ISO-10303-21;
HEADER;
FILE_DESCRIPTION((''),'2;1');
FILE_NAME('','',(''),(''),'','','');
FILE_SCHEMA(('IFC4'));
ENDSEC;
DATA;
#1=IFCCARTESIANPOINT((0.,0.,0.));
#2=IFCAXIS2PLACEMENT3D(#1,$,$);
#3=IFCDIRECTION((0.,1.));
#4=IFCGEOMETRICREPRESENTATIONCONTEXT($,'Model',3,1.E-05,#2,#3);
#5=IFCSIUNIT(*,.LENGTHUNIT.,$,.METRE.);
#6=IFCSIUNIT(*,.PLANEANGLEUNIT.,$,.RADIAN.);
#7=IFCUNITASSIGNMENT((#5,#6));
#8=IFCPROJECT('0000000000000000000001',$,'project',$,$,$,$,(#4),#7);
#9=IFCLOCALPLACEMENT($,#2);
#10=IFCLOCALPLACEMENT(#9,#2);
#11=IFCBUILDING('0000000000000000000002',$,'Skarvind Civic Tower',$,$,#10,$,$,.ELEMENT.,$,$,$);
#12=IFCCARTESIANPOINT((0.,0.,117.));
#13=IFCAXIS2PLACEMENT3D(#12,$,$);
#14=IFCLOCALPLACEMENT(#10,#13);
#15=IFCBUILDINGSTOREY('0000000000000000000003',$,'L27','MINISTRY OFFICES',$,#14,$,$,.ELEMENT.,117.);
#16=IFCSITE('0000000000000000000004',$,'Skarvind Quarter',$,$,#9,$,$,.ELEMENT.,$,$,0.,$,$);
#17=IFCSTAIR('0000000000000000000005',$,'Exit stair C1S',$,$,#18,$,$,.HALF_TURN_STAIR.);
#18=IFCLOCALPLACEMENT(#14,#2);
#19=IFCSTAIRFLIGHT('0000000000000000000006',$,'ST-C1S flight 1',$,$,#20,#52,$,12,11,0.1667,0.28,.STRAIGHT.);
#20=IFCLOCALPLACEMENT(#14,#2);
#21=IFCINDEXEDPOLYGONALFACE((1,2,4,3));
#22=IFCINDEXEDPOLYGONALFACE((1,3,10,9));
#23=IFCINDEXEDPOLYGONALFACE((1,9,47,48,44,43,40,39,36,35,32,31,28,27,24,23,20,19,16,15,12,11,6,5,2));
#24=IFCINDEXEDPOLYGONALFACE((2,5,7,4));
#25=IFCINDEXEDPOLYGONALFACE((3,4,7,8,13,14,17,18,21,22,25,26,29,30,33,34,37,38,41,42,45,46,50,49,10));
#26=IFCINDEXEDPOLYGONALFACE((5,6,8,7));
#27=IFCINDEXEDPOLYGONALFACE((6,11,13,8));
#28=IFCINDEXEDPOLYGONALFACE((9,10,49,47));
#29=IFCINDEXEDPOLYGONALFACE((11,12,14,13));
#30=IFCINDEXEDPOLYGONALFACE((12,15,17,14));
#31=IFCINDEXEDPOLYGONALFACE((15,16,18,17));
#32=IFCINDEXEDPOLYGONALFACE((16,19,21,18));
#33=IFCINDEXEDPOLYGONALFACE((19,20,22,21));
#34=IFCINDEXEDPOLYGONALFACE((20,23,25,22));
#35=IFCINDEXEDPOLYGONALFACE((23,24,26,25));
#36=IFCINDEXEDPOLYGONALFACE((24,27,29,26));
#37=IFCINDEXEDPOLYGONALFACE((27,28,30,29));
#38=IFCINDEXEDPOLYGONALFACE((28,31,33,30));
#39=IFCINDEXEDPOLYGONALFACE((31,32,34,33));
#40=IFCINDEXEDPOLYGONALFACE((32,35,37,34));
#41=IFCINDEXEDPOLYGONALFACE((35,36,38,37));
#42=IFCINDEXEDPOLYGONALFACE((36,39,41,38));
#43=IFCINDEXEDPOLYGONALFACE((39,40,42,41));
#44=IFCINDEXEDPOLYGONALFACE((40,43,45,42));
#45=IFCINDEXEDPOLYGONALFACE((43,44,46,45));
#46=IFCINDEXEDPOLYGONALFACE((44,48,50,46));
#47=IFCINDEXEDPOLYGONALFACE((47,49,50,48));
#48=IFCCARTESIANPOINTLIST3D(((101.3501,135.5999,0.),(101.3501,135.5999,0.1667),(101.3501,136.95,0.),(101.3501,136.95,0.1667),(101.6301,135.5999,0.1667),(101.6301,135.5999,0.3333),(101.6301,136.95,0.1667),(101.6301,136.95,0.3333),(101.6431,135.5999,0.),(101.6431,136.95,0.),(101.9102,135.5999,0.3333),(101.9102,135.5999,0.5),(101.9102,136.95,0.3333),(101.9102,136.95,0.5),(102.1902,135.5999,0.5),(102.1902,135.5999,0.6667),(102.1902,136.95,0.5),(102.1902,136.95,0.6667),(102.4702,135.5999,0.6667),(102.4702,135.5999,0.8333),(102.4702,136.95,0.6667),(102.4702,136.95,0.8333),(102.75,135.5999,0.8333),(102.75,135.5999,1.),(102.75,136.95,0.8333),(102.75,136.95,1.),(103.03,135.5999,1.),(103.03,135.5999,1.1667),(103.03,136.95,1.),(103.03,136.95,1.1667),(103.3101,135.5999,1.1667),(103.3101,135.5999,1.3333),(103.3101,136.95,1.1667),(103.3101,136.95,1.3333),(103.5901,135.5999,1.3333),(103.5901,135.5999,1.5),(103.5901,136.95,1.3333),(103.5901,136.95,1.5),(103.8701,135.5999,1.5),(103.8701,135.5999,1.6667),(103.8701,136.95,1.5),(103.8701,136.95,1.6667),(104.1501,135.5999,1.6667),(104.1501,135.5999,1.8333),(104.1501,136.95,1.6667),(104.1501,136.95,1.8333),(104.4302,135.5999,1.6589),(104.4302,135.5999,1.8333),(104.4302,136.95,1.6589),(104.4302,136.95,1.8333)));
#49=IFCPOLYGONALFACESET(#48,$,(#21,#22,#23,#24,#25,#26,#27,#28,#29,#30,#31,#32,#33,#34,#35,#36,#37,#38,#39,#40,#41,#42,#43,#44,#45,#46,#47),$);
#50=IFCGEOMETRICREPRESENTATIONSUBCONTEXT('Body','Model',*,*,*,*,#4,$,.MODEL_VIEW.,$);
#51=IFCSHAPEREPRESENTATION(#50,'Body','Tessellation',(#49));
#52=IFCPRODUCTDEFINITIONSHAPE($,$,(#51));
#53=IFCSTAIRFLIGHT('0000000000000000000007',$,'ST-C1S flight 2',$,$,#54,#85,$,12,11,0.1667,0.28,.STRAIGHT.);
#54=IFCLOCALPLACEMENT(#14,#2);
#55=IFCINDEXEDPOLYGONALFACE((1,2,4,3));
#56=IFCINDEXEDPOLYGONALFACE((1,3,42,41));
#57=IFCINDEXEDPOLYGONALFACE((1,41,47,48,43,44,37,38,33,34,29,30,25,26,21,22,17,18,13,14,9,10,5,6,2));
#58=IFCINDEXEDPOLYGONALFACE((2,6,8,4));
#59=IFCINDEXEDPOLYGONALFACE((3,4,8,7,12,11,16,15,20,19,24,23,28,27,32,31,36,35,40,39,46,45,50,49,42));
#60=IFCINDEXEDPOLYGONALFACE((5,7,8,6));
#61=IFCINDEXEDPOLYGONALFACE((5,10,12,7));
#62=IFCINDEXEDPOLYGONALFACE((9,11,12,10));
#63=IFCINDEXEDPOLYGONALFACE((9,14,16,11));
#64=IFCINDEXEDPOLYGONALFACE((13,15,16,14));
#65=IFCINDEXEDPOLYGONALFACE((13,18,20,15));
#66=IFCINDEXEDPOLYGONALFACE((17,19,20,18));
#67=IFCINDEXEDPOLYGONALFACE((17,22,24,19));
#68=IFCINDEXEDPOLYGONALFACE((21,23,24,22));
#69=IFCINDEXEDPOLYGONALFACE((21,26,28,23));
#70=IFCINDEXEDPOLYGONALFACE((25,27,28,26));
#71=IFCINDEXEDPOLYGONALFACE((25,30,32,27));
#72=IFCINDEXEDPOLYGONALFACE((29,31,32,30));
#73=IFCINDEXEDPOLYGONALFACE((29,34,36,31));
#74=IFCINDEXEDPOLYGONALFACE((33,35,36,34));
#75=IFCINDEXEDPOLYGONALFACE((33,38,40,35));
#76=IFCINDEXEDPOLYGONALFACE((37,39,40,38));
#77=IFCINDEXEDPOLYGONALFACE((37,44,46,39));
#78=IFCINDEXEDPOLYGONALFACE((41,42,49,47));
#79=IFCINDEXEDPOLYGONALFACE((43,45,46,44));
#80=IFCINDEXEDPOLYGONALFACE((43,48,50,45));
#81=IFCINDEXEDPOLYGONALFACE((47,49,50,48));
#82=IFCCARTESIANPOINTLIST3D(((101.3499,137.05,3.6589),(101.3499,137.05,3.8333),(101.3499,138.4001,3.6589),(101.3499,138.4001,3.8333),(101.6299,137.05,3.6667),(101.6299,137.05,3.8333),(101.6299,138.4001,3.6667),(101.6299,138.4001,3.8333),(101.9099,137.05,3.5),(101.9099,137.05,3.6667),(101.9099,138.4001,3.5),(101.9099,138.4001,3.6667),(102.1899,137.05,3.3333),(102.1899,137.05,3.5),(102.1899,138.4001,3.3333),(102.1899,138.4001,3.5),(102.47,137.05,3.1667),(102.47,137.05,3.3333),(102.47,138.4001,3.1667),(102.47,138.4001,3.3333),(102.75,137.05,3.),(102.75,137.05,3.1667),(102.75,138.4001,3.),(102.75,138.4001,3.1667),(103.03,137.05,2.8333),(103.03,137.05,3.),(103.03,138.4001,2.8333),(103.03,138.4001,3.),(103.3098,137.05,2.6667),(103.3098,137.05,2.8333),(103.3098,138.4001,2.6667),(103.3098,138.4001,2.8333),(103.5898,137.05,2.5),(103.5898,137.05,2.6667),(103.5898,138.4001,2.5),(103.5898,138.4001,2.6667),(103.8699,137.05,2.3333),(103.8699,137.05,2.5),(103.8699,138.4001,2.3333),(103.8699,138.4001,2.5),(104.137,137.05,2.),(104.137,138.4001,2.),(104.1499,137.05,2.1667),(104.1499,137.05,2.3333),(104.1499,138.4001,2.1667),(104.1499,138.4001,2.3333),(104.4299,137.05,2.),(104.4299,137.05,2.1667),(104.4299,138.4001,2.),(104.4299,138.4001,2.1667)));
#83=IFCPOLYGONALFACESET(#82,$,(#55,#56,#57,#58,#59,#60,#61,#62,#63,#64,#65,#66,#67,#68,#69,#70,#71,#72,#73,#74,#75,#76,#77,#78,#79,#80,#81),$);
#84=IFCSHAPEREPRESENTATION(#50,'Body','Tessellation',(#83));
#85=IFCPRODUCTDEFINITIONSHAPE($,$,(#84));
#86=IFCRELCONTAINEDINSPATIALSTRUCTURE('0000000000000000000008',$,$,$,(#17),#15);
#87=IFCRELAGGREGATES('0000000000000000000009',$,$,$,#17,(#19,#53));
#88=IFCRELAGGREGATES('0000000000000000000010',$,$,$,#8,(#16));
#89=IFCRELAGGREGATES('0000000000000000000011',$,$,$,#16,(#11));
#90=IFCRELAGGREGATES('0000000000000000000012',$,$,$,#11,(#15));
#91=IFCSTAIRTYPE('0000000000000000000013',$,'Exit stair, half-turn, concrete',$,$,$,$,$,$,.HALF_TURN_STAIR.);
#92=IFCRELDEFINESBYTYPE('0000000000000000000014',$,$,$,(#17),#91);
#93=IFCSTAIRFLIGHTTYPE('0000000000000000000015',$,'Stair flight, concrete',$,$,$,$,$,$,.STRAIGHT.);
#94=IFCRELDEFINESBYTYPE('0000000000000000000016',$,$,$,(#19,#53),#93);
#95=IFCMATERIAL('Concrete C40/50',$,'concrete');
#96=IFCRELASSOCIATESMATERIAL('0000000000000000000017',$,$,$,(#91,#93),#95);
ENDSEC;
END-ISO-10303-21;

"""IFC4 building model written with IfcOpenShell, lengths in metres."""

from ifc_helpers import new_model, si_unit, direction, frame, origin, place, context, subcontext, project, spatial, polyline, outline, extrude, material, type_object, element, aggregate, save


model = new_model("IFC4")

# Units and contexts
model_context = context("Model", 3, precision=1e-05, world=origin(), true_north=direction((0.0, 1.0)))
body_context = subcontext(model_context, "Body", "Model", "MODEL_VIEW")
ifc_project = project(units=[si_unit("LENGTHUNIT", "METRE"), si_unit("PLANEANGLEUNIT", "RADIAN")], contexts=[model_context])

# Site, building, storey
site_placement = place(None, origin())
site = spatial("IfcSite", under=ifc_project, at=site_placement, Name="Skarvind Quarter", CompositionType="ELEMENT", RefElevation=0.0)
building_placement = place(site_placement, origin())
building = spatial("IfcBuilding", under=site, at=building_placement, Name="Skarvind Civic Tower", CompositionType="ELEMENT")
storey_placement = place(building_placement, frame((0.0, 0.0, 117.0)))
storey = spatial("IfcBuildingStorey", under=building, at=storey_placement, Name="L27", Description="MINISTRY OFFICES", CompositionType="ELEMENT", Elevation=117.0)

# Stair, stair flights
ifc_material_1 = material(Name="Concrete C40/50", Category="concrete")
stair_type = type_object("IfcStairType", Name="Exit stair, half-turn, concrete", PredefinedType="HALF_TURN_STAIR", material=ifc_material_1)
stair_placement = place(storey_placement, origin())
stair = element("IfcStair", 1, at=stair_placement, inside=storey, type_object=stair_type, Name="Exit stair C1S", PredefinedType="HALF_TURN_STAIR")
stair_flight_type = type_object("IfcStairFlightType", Name="Stair flight, concrete", PredefinedType="STRAIGHT", material=ifc_material_1)
stair_flight_1_placement = place(storey_placement, frame((101.3501, 136.2749, 0.0), z_axis=(0.0, 0.0, 1.0), x_axis=(1.0, 0.0, 0.0)))
stair_flight_1 = element("IfcStairFlight", 2, at=stair_flight_1_placement, type_object=stair_flight_type, Name="ST-C1S flight 1", NumberOfRisers=12, NumberOfTreads=11, PredefinedType="STRAIGHT", RiserHeight=0.1667, TreadLength=0.28, context=body_context, shape_type="SweptSolid", body=[
    extrude(outline(polyline([(0.0, 0.0), (0.0, 0.1667), (0.28, 0.1667), (0.28, 0.3333), (0.5601, 0.3333), (0.5601, 0.5), (0.8401, 0.5), (0.8401, 0.6667), (1.1201, 0.6667), (1.1201, 0.8333), (1.3999, 0.8333), (1.3999, 1.0), (1.6799, 1.0), (1.6799, 1.1667), (1.96, 1.1667), (1.96, 1.3333), (2.24, 1.3333), (2.24, 1.5), (2.52, 1.5), (2.52, 1.6667), (2.8, 1.6667), (2.8, 1.8333), (3.0801, 1.8333), (3.0801, 2.0), (3.0801, 1.6589), (0.293, 0.0), (0.0, 0.0)])), frame((0.0, 0.675, 0.0), z_axis=(0.0, -1.0, 0.0), x_axis=(1.0, 0.0, 0.0)), (0.0, 0.0, 1.0), 1.3501),
])
stair_flight_2_placement = place(storey_placement, frame((104.4299, 137.7251, 2.0), z_axis=(0.0, 0.0, 1.0), x_axis=(-1.0, 0.0, 0.0)))
stair_flight_2 = element("IfcStairFlight", 3, at=stair_flight_2_placement, type_object=stair_flight_type, Name="ST-C1S flight 2", NumberOfRisers=12, NumberOfTreads=11, PredefinedType="STRAIGHT", RiserHeight=0.1667, TreadLength=0.28, context=body_context, shape_type="SweptSolid", body=[
    extrude(outline(polyline([(0.0, 0.0), (0.0, 0.1667), (0.28, 0.1667), (0.28, 0.3333), (0.5601, 0.3333), (0.5601, 0.5), (0.8401, 0.5), (0.8401, 0.6667), (1.1201, 0.6667), (1.1201, 0.8333), (1.3999, 0.8333), (1.3999, 1.0), (1.6799, 1.0), (1.6799, 1.1667), (1.96, 1.1667), (1.96, 1.3333), (2.24, 1.3333), (2.24, 1.5), (2.52, 1.5), (2.52, 1.6667), (2.8, 1.6667), (2.8, 1.8333), (3.0801, 1.8333), (3.0801, 2.0), (3.0801, 1.6589), (0.293, 0.0), (0.0, 0.0)])), frame((0.0, 0.675, 0.0), z_axis=(0.0, -1.0, 0.0), x_axis=(1.0, 0.0, 0.0)), (0.0, 0.0, 1.0), 1.3501),
])
aggregate(stair, [stair_flight_1, stair_flight_2])

save(model, "model.ifc")
